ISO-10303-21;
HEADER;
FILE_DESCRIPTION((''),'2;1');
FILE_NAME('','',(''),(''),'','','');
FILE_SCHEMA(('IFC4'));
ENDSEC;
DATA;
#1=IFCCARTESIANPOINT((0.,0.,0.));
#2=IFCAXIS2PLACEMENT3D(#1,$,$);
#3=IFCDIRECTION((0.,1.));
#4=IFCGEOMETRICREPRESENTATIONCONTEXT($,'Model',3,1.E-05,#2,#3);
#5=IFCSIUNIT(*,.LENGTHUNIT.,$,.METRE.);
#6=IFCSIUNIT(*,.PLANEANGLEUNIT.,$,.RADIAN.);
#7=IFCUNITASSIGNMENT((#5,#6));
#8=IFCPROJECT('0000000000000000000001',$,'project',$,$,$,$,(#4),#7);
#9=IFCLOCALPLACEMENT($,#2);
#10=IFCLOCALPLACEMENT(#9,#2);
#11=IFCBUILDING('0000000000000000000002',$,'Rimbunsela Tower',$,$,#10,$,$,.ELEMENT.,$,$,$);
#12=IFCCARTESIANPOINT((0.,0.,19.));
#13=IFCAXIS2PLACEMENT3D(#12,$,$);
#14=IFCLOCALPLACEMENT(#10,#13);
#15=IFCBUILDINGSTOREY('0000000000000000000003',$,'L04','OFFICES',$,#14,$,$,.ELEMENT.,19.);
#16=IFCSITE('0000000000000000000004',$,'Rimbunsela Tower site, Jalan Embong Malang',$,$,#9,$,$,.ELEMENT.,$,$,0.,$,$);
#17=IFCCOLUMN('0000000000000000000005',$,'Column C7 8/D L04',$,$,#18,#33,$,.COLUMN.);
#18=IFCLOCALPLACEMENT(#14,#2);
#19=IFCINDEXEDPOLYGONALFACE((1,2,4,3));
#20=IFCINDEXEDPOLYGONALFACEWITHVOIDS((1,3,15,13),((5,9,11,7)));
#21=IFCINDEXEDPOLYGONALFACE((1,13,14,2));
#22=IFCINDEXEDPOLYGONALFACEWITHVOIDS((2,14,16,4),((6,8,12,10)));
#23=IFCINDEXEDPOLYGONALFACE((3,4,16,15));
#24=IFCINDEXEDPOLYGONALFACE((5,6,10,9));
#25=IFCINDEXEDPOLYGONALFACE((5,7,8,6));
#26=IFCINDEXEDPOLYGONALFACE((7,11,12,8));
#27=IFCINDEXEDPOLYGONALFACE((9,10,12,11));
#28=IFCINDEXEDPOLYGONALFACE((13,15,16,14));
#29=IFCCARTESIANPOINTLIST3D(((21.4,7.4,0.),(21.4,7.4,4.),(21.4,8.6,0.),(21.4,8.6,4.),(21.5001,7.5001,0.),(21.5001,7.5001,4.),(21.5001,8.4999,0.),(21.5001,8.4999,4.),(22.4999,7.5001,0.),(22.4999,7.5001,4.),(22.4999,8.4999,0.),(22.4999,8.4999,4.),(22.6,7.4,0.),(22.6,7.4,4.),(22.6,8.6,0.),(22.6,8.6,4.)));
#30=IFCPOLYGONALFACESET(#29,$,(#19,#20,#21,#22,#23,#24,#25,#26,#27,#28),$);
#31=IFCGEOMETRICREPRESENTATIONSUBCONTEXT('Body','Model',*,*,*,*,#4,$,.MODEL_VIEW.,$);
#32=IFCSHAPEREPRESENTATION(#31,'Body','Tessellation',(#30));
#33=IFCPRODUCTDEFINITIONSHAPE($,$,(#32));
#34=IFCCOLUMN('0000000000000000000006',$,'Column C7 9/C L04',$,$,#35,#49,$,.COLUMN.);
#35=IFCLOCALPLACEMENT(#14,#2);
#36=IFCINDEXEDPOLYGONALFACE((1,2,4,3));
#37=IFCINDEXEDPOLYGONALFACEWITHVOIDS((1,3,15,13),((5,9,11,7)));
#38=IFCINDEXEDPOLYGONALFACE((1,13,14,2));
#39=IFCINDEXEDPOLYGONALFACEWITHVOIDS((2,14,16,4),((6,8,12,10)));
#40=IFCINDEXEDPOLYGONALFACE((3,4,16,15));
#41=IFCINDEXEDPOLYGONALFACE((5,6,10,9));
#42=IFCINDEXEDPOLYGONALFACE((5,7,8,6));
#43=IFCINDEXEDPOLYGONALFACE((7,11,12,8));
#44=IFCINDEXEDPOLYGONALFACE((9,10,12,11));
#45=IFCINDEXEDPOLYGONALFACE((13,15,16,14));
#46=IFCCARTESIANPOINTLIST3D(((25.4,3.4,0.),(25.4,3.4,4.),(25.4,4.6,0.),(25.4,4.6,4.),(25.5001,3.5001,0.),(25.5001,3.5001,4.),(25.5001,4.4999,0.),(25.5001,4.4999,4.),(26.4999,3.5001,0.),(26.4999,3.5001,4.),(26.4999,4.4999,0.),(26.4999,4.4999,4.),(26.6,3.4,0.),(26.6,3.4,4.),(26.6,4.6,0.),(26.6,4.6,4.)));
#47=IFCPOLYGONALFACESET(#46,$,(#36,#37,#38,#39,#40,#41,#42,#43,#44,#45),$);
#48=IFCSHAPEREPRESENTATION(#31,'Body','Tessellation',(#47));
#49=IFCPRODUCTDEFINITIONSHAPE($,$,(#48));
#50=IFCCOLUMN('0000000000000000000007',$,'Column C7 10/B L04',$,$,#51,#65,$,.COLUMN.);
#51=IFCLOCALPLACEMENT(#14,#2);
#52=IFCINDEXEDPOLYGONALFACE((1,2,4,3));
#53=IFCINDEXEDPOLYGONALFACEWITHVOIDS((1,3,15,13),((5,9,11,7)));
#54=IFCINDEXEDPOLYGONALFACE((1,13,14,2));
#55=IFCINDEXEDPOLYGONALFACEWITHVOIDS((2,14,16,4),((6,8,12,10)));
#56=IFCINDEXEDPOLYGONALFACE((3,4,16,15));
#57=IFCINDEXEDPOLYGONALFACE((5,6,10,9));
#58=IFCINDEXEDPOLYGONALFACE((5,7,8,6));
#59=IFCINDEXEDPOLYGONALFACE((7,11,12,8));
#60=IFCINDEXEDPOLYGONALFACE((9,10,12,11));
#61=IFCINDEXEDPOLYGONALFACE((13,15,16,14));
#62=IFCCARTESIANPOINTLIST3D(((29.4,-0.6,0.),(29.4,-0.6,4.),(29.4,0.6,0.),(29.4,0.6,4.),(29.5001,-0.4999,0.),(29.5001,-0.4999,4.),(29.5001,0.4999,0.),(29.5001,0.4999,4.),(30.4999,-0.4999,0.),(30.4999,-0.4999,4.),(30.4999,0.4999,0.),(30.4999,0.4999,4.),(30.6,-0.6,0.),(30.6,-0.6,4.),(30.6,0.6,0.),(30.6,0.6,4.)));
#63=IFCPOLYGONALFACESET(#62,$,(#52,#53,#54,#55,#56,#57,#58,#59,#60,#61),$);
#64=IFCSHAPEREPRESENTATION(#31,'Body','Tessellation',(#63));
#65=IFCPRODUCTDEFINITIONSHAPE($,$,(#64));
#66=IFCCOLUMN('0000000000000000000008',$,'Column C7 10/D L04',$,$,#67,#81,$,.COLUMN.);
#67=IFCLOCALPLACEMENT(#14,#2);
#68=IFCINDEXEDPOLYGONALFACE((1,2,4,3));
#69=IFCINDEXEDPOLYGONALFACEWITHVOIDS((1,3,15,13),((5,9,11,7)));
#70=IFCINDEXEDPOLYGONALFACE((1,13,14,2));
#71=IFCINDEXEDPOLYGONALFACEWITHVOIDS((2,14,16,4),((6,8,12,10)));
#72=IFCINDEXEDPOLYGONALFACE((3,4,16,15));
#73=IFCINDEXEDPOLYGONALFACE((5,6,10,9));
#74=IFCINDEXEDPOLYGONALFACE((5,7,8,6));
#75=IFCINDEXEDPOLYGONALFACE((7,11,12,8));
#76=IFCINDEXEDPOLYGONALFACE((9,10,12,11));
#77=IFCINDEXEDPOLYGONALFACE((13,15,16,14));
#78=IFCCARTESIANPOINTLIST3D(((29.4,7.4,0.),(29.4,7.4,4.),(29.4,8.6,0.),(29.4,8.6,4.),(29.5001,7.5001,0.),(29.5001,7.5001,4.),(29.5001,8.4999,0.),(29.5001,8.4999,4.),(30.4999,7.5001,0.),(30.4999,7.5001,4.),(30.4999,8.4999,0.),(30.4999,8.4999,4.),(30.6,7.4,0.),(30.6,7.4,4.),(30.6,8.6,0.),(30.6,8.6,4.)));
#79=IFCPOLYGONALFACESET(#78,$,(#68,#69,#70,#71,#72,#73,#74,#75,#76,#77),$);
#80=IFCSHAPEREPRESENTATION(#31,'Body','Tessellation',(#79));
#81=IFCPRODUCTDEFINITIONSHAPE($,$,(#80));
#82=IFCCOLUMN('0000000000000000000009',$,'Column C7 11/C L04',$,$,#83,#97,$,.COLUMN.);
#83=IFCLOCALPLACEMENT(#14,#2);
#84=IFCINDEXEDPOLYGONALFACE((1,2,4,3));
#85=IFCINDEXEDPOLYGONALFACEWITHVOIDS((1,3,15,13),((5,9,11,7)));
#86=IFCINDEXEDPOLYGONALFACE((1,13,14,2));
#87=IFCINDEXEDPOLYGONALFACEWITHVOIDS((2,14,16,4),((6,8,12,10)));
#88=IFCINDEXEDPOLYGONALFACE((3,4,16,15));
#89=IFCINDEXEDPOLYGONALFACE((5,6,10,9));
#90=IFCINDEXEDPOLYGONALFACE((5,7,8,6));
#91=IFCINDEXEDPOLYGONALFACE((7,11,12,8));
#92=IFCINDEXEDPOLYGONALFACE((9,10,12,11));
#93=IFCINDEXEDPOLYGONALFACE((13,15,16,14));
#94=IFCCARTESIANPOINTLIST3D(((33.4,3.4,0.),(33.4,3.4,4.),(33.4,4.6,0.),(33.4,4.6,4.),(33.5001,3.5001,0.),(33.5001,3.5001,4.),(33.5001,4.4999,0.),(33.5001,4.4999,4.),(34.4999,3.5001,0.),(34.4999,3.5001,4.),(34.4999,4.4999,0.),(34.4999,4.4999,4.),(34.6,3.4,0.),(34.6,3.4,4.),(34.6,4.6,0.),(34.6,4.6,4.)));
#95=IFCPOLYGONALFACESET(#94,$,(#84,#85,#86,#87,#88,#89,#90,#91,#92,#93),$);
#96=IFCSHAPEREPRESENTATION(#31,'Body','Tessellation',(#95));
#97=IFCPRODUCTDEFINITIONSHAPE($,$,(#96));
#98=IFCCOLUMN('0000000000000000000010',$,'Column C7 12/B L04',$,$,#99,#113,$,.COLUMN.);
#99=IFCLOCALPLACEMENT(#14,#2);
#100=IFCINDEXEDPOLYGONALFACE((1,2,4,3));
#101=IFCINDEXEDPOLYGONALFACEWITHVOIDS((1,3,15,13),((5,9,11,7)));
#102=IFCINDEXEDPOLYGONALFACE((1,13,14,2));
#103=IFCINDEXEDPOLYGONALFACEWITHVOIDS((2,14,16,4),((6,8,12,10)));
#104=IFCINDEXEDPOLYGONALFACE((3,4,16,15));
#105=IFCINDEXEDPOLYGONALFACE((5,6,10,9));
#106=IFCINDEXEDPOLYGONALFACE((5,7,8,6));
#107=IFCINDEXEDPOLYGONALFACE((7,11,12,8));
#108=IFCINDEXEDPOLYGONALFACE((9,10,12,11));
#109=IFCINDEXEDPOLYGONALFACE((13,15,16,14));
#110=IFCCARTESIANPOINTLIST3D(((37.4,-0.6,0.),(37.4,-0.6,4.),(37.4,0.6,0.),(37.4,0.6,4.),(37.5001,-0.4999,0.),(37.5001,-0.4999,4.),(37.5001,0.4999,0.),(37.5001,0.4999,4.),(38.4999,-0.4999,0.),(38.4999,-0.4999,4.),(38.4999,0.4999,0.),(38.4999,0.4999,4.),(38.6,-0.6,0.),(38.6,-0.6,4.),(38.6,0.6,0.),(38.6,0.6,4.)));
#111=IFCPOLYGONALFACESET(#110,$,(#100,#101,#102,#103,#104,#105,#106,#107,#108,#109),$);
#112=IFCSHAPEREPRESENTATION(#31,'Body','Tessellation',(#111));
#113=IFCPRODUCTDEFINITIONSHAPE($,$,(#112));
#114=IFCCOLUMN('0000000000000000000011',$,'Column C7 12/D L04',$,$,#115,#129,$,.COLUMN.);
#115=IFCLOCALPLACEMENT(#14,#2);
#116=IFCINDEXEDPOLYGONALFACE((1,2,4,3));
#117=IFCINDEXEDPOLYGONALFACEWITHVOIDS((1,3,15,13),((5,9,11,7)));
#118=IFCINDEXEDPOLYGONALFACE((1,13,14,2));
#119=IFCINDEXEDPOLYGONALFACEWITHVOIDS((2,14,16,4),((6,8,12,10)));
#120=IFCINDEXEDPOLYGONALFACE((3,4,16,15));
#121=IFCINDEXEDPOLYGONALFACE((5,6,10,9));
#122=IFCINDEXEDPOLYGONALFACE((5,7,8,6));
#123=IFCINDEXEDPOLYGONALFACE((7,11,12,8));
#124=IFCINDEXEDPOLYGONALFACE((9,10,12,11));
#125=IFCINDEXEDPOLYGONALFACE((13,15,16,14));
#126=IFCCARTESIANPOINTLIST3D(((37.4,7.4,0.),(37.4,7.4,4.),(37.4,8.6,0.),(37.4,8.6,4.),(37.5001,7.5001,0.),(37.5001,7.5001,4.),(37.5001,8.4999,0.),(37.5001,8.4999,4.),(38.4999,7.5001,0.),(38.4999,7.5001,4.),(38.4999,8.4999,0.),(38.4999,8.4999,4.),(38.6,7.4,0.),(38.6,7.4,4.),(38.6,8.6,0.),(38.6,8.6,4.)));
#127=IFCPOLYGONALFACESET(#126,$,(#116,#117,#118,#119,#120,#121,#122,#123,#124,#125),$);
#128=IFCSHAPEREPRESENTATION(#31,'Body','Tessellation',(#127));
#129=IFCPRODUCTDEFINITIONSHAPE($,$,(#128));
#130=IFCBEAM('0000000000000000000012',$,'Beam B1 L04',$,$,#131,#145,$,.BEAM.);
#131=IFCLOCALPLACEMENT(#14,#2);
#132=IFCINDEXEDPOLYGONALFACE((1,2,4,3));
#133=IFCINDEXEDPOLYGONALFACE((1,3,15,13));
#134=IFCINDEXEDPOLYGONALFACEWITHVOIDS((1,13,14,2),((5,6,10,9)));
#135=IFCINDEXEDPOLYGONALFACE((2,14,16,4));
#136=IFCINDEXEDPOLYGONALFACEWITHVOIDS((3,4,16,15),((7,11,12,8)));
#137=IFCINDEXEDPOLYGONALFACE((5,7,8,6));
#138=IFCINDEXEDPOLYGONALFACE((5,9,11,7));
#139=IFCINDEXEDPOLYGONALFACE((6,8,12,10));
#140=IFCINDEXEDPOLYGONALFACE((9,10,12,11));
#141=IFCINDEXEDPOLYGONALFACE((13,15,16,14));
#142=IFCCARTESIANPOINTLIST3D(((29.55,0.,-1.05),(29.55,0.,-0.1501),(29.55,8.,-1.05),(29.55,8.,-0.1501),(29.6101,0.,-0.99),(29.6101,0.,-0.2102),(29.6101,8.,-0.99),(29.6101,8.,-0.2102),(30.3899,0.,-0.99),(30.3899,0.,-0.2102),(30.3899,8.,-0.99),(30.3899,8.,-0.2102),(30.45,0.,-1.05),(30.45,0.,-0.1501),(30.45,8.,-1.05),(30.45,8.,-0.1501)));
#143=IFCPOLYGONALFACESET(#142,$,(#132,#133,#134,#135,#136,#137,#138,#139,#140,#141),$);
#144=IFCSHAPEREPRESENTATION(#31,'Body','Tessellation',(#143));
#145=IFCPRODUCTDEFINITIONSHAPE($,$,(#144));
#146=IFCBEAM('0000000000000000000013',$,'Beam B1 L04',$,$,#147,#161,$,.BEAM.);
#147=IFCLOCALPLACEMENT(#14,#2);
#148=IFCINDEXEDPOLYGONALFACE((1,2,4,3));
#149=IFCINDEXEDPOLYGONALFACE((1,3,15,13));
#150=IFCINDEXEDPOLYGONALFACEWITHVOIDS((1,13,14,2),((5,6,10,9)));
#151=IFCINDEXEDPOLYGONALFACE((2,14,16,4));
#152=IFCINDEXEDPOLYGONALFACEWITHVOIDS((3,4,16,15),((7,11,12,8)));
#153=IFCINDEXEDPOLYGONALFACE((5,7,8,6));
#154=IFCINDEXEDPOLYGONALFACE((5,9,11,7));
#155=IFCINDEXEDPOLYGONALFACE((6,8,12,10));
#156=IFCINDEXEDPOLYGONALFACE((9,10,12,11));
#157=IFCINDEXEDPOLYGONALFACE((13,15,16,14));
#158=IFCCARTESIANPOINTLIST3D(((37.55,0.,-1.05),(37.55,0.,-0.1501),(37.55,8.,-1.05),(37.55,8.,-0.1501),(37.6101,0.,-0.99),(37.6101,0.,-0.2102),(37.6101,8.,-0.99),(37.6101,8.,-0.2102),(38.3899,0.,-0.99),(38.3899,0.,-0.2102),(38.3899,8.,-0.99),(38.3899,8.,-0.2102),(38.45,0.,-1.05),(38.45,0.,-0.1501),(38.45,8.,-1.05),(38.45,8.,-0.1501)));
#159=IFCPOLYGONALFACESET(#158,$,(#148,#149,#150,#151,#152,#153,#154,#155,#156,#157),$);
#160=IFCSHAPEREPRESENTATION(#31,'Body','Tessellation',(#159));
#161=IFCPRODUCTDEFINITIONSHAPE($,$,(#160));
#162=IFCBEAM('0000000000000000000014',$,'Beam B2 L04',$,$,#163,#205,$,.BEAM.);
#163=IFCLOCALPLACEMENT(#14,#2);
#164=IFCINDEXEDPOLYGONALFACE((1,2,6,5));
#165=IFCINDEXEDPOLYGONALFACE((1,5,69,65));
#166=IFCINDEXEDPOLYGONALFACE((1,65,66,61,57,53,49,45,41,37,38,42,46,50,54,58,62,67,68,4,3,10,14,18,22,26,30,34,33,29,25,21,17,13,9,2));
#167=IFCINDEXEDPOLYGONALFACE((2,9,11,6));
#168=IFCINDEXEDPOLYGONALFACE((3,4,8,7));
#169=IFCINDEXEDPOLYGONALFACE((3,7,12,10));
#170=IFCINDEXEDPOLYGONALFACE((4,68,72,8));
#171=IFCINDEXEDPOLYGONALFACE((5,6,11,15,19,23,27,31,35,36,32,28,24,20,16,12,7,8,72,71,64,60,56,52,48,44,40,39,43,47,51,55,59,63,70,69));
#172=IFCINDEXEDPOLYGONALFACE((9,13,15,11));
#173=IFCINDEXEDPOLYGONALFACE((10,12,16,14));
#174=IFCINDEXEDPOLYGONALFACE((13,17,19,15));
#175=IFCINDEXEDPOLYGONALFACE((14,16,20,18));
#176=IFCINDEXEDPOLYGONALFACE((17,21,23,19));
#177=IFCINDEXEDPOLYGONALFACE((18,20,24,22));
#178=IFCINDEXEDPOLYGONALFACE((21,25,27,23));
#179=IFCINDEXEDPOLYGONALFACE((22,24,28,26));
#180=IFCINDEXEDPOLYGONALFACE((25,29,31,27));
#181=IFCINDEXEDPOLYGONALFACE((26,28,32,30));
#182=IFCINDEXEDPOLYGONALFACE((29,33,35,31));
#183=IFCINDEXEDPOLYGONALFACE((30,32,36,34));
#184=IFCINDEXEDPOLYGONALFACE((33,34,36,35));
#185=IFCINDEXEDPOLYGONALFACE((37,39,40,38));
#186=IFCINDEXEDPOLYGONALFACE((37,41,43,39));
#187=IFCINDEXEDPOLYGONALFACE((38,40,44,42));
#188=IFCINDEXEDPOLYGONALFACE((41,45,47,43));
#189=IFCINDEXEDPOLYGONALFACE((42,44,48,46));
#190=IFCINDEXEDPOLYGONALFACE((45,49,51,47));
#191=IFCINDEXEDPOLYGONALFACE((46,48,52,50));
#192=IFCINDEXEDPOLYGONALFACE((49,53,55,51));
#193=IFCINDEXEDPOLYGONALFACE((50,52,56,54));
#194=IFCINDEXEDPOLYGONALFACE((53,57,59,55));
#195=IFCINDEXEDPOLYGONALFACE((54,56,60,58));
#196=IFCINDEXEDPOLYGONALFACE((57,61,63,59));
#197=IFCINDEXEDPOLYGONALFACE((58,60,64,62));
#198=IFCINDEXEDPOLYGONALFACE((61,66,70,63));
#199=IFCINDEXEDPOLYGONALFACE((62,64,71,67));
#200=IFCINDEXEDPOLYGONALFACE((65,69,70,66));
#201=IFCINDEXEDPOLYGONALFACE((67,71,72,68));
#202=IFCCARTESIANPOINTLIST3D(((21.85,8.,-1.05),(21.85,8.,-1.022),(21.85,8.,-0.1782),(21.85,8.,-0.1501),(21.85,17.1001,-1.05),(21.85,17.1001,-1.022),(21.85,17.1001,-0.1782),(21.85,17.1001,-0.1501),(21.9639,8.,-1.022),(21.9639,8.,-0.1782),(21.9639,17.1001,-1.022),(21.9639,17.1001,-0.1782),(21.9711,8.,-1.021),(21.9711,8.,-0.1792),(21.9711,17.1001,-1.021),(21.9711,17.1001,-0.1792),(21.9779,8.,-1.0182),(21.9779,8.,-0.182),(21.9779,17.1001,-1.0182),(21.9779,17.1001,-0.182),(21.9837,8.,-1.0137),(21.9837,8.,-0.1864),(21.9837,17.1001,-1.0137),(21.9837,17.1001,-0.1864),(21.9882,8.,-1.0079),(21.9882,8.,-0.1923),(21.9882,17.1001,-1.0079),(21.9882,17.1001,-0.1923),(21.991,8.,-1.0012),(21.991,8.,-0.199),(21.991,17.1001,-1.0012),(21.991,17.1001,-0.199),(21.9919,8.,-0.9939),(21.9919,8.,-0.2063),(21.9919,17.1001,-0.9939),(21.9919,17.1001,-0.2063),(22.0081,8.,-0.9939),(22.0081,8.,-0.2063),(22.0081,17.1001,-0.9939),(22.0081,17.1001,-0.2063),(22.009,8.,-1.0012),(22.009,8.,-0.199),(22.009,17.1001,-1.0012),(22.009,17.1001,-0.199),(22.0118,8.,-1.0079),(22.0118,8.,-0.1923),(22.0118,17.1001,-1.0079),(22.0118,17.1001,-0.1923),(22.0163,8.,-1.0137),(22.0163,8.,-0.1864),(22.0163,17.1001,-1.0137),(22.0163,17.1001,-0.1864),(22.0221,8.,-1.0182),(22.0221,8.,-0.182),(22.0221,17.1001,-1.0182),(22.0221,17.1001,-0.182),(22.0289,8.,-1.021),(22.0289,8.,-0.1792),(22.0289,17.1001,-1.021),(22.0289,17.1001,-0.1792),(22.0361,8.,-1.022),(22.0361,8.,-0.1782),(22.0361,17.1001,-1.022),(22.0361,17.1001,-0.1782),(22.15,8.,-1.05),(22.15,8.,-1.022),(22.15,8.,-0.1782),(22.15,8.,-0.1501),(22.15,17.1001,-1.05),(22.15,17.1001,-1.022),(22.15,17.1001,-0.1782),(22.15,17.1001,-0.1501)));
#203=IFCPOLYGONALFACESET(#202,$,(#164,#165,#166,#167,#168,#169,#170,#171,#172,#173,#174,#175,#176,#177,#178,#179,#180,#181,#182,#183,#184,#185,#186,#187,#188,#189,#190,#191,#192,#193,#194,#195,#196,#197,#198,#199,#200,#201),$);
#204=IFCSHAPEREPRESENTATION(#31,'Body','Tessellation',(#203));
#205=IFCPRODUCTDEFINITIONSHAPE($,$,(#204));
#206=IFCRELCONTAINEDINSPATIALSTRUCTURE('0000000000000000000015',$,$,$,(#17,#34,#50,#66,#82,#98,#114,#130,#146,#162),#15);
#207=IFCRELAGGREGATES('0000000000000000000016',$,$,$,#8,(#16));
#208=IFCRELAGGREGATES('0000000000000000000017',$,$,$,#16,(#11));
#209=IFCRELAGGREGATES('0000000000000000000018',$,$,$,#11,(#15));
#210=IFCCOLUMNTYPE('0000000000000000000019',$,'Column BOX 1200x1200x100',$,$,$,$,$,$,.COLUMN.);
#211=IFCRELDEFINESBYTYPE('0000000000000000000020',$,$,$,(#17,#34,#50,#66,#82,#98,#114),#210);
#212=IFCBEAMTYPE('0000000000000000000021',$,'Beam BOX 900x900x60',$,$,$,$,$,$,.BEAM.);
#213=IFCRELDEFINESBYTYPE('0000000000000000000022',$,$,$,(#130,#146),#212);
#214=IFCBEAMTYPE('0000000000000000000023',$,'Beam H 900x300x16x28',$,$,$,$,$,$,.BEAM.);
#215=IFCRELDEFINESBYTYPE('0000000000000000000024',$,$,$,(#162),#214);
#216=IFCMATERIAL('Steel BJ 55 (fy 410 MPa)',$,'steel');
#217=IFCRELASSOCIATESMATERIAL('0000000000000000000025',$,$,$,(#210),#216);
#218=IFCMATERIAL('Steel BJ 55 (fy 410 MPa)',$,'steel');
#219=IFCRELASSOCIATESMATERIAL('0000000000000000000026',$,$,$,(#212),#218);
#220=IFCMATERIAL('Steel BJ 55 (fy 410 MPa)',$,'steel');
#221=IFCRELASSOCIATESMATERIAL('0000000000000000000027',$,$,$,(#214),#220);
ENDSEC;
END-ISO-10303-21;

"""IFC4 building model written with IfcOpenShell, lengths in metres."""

from ifc_helpers import new_model, si_unit, direction, frame, origin, origin_2d, place, context, subcontext, project, spatial, hollow_rectangle, i_section, extrude, material, material_profile, profile_set, type_object, element, save


model = new_model("IFC4")

# Units and contexts
model_context = context("Model", 3, precision=1e-05, world=origin(), true_north=direction((0.0, 1.0)))
body_context = subcontext(model_context, "Body", "Model", "MODEL_VIEW")
ifc_project = project(units=[si_unit("LENGTHUNIT", "METRE"), si_unit("PLANEANGLEUNIT", "RADIAN")], contexts=[model_context])

# Site, building, storey
site_placement = place(None, origin())
site = spatial("IfcSite", under=ifc_project, at=site_placement, Name="Rimbunsela Tower site, Jalan Embong Malang", CompositionType="ELEMENT", RefElevation=0.0)
building_placement = place(site_placement, origin())
building = spatial("IfcBuilding", under=site, at=building_placement, Name="Rimbunsela Tower", CompositionType="ELEMENT")
storey_placement = place(building_placement, frame((0.0, 0.0, 19.0)))
storey = spatial("IfcBuildingStorey", under=building, at=storey_placement, Name="L04", Description="OFFICES", CompositionType="ELEMENT", Elevation=19.0)

# Columns
ifc_material_1 = material(Name="Steel BJ 55 (fy 410 MPa)", Category="steel")
ifc_material_profile_1 = material_profile(ifc_material_1, hollow_rectangle(XDim=1.2, YDim=1.2, WallThickness=0.1001, at=origin_2d()), Name="BOX 1200x1200x100")
ifc_profile_set_1 = profile_set([ifc_material_profile_1], Name="Steel BJ 55 (fy 410 MPa)")
column_type = type_object("IfcColumnType", Name="Column BOX 1200x1200x100", PredefinedType="COLUMN", material=ifc_profile_set_1)
for number, where, z_axis, x_axis, name in (
    (1, (22.0, 8.0, 0.0), (0.0, 0.0, 1.0), (1.0, 0.0, 0.0), "Column C7 8/D L04"),
    (2, (26.0, 4.0, 0.0), (0.0, 0.0, 1.0), (1.0, 0.0, 0.0), "Column C7 9/C L04"),
    (3, (30.0, 0.0, 0.0), (0.0, 0.0, 1.0), (1.0, 0.0, 0.0), "Column C7 10/B L04"),
    (4, (30.0, 8.0, 0.0), (0.0, 0.0, 1.0), (1.0, 0.0, 0.0), "Column C7 10/D L04"),
    (5, (34.0, 4.0, 0.0), (0.0, 0.0, 1.0), (1.0, 0.0, 0.0), "Column C7 11/C L04"),
    (6, (38.0, 0.0, 0.0), (0.0, 0.0, 1.0), (1.0, 0.0, 0.0), "Column C7 12/B L04"),
    (7, (38.0, 8.0, 0.0), (0.0, 0.0, 1.0), (1.0, 0.0, 0.0), "Column C7 12/D L04"),
):
    element("IfcColumn", number, at=place(storey_placement, frame(where, z_axis=z_axis, x_axis=x_axis)), inside=storey, type_object=column_type, Name=name, PredefinedType="COLUMN", context=body_context, shape_type="SweptSolid", body=[
        extrude(hollow_rectangle(XDim=1.2, YDim=1.2, WallThickness=0.1001, at=origin_2d()), origin(), (0.0, 0.0, 1.0), 4.0),
    ])

# Beams
ifc_material_2 = material(Name="Steel BJ 55 (fy 410 MPa)", Category="steel")
ifc_material_profile_2 = material_profile(ifc_material_2, hollow_rectangle(XDim=0.8999, YDim=0.8999, WallThickness=0.0601, at=origin_2d()), Name="BOX 900x900x60")
ifc_profile_set_2 = profile_set([ifc_material_profile_2], Name="Steel BJ 55 (fy 410 MPa)")
beam_type_1 = type_object("IfcBeamType", Name="Beam BOX 900x900x60", PredefinedType="BEAM", material=ifc_profile_set_2)
for number, where, z_axis, x_axis, name in (
    (8, (30.0, 0.0, -0.6001), (0.0, 1.0, 0.0), (-1.0, 0.0, 0.0), "Beam B1 L04"),
    (9, (38.0, 0.0, -0.6001), (0.0, 1.0, 0.0), (-1.0, 0.0, 0.0), "Beam B1 L04"),
):
    element("IfcBeam", number, at=place(storey_placement, frame(where, z_axis=z_axis, x_axis=x_axis)), inside=storey, type_object=beam_type_1, Name=name, PredefinedType="BEAM", context=body_context, shape_type="SweptSolid", body=[
        extrude(hollow_rectangle(XDim=0.8999, YDim=0.8999, WallThickness=0.0601, at=origin_2d()), origin(), (0.0, 0.0, 1.0), 8.0),
    ])
ifc_material_3 = material(Name="Steel BJ 55 (fy 410 MPa)", Category="steel")
ifc_material_profile_3 = material_profile(ifc_material_3, i_section(OverallWidth=0.3, OverallDepth=0.8999, WebThickness=0.0161, FlangeThickness=0.0281, FilletRadius=0.0281, at=origin_2d()), Name="H 900x300x16x28")
ifc_profile_set_3 = profile_set([ifc_material_profile_3], Name="Steel BJ 55 (fy 410 MPa)")
beam_type_2 = type_object("IfcBeamType", Name="Beam H 900x300x16x28", PredefinedType="BEAM", material=ifc_profile_set_3)
beam_1_placement = place(storey_placement, frame((22.0, 8.0, -0.6001), z_axis=(0.0, 1.0, 0.0), x_axis=(-1.0, 0.0, 0.0)))
element("IfcBeam", 10, at=beam_1_placement, inside=storey, type_object=beam_type_2, Name="Beam B2 L04", PredefinedType="BEAM", context=body_context, shape_type="SweptSolid", body=[
    extrude(i_section(OverallWidth=0.3, OverallDepth=0.8999, WebThickness=0.0161, FlangeThickness=0.0281, FilletRadius=0.0281, at=origin_2d()), origin(), (0.0, 0.0, 1.0), 9.1001),
])

save(model, "model.ifc")
